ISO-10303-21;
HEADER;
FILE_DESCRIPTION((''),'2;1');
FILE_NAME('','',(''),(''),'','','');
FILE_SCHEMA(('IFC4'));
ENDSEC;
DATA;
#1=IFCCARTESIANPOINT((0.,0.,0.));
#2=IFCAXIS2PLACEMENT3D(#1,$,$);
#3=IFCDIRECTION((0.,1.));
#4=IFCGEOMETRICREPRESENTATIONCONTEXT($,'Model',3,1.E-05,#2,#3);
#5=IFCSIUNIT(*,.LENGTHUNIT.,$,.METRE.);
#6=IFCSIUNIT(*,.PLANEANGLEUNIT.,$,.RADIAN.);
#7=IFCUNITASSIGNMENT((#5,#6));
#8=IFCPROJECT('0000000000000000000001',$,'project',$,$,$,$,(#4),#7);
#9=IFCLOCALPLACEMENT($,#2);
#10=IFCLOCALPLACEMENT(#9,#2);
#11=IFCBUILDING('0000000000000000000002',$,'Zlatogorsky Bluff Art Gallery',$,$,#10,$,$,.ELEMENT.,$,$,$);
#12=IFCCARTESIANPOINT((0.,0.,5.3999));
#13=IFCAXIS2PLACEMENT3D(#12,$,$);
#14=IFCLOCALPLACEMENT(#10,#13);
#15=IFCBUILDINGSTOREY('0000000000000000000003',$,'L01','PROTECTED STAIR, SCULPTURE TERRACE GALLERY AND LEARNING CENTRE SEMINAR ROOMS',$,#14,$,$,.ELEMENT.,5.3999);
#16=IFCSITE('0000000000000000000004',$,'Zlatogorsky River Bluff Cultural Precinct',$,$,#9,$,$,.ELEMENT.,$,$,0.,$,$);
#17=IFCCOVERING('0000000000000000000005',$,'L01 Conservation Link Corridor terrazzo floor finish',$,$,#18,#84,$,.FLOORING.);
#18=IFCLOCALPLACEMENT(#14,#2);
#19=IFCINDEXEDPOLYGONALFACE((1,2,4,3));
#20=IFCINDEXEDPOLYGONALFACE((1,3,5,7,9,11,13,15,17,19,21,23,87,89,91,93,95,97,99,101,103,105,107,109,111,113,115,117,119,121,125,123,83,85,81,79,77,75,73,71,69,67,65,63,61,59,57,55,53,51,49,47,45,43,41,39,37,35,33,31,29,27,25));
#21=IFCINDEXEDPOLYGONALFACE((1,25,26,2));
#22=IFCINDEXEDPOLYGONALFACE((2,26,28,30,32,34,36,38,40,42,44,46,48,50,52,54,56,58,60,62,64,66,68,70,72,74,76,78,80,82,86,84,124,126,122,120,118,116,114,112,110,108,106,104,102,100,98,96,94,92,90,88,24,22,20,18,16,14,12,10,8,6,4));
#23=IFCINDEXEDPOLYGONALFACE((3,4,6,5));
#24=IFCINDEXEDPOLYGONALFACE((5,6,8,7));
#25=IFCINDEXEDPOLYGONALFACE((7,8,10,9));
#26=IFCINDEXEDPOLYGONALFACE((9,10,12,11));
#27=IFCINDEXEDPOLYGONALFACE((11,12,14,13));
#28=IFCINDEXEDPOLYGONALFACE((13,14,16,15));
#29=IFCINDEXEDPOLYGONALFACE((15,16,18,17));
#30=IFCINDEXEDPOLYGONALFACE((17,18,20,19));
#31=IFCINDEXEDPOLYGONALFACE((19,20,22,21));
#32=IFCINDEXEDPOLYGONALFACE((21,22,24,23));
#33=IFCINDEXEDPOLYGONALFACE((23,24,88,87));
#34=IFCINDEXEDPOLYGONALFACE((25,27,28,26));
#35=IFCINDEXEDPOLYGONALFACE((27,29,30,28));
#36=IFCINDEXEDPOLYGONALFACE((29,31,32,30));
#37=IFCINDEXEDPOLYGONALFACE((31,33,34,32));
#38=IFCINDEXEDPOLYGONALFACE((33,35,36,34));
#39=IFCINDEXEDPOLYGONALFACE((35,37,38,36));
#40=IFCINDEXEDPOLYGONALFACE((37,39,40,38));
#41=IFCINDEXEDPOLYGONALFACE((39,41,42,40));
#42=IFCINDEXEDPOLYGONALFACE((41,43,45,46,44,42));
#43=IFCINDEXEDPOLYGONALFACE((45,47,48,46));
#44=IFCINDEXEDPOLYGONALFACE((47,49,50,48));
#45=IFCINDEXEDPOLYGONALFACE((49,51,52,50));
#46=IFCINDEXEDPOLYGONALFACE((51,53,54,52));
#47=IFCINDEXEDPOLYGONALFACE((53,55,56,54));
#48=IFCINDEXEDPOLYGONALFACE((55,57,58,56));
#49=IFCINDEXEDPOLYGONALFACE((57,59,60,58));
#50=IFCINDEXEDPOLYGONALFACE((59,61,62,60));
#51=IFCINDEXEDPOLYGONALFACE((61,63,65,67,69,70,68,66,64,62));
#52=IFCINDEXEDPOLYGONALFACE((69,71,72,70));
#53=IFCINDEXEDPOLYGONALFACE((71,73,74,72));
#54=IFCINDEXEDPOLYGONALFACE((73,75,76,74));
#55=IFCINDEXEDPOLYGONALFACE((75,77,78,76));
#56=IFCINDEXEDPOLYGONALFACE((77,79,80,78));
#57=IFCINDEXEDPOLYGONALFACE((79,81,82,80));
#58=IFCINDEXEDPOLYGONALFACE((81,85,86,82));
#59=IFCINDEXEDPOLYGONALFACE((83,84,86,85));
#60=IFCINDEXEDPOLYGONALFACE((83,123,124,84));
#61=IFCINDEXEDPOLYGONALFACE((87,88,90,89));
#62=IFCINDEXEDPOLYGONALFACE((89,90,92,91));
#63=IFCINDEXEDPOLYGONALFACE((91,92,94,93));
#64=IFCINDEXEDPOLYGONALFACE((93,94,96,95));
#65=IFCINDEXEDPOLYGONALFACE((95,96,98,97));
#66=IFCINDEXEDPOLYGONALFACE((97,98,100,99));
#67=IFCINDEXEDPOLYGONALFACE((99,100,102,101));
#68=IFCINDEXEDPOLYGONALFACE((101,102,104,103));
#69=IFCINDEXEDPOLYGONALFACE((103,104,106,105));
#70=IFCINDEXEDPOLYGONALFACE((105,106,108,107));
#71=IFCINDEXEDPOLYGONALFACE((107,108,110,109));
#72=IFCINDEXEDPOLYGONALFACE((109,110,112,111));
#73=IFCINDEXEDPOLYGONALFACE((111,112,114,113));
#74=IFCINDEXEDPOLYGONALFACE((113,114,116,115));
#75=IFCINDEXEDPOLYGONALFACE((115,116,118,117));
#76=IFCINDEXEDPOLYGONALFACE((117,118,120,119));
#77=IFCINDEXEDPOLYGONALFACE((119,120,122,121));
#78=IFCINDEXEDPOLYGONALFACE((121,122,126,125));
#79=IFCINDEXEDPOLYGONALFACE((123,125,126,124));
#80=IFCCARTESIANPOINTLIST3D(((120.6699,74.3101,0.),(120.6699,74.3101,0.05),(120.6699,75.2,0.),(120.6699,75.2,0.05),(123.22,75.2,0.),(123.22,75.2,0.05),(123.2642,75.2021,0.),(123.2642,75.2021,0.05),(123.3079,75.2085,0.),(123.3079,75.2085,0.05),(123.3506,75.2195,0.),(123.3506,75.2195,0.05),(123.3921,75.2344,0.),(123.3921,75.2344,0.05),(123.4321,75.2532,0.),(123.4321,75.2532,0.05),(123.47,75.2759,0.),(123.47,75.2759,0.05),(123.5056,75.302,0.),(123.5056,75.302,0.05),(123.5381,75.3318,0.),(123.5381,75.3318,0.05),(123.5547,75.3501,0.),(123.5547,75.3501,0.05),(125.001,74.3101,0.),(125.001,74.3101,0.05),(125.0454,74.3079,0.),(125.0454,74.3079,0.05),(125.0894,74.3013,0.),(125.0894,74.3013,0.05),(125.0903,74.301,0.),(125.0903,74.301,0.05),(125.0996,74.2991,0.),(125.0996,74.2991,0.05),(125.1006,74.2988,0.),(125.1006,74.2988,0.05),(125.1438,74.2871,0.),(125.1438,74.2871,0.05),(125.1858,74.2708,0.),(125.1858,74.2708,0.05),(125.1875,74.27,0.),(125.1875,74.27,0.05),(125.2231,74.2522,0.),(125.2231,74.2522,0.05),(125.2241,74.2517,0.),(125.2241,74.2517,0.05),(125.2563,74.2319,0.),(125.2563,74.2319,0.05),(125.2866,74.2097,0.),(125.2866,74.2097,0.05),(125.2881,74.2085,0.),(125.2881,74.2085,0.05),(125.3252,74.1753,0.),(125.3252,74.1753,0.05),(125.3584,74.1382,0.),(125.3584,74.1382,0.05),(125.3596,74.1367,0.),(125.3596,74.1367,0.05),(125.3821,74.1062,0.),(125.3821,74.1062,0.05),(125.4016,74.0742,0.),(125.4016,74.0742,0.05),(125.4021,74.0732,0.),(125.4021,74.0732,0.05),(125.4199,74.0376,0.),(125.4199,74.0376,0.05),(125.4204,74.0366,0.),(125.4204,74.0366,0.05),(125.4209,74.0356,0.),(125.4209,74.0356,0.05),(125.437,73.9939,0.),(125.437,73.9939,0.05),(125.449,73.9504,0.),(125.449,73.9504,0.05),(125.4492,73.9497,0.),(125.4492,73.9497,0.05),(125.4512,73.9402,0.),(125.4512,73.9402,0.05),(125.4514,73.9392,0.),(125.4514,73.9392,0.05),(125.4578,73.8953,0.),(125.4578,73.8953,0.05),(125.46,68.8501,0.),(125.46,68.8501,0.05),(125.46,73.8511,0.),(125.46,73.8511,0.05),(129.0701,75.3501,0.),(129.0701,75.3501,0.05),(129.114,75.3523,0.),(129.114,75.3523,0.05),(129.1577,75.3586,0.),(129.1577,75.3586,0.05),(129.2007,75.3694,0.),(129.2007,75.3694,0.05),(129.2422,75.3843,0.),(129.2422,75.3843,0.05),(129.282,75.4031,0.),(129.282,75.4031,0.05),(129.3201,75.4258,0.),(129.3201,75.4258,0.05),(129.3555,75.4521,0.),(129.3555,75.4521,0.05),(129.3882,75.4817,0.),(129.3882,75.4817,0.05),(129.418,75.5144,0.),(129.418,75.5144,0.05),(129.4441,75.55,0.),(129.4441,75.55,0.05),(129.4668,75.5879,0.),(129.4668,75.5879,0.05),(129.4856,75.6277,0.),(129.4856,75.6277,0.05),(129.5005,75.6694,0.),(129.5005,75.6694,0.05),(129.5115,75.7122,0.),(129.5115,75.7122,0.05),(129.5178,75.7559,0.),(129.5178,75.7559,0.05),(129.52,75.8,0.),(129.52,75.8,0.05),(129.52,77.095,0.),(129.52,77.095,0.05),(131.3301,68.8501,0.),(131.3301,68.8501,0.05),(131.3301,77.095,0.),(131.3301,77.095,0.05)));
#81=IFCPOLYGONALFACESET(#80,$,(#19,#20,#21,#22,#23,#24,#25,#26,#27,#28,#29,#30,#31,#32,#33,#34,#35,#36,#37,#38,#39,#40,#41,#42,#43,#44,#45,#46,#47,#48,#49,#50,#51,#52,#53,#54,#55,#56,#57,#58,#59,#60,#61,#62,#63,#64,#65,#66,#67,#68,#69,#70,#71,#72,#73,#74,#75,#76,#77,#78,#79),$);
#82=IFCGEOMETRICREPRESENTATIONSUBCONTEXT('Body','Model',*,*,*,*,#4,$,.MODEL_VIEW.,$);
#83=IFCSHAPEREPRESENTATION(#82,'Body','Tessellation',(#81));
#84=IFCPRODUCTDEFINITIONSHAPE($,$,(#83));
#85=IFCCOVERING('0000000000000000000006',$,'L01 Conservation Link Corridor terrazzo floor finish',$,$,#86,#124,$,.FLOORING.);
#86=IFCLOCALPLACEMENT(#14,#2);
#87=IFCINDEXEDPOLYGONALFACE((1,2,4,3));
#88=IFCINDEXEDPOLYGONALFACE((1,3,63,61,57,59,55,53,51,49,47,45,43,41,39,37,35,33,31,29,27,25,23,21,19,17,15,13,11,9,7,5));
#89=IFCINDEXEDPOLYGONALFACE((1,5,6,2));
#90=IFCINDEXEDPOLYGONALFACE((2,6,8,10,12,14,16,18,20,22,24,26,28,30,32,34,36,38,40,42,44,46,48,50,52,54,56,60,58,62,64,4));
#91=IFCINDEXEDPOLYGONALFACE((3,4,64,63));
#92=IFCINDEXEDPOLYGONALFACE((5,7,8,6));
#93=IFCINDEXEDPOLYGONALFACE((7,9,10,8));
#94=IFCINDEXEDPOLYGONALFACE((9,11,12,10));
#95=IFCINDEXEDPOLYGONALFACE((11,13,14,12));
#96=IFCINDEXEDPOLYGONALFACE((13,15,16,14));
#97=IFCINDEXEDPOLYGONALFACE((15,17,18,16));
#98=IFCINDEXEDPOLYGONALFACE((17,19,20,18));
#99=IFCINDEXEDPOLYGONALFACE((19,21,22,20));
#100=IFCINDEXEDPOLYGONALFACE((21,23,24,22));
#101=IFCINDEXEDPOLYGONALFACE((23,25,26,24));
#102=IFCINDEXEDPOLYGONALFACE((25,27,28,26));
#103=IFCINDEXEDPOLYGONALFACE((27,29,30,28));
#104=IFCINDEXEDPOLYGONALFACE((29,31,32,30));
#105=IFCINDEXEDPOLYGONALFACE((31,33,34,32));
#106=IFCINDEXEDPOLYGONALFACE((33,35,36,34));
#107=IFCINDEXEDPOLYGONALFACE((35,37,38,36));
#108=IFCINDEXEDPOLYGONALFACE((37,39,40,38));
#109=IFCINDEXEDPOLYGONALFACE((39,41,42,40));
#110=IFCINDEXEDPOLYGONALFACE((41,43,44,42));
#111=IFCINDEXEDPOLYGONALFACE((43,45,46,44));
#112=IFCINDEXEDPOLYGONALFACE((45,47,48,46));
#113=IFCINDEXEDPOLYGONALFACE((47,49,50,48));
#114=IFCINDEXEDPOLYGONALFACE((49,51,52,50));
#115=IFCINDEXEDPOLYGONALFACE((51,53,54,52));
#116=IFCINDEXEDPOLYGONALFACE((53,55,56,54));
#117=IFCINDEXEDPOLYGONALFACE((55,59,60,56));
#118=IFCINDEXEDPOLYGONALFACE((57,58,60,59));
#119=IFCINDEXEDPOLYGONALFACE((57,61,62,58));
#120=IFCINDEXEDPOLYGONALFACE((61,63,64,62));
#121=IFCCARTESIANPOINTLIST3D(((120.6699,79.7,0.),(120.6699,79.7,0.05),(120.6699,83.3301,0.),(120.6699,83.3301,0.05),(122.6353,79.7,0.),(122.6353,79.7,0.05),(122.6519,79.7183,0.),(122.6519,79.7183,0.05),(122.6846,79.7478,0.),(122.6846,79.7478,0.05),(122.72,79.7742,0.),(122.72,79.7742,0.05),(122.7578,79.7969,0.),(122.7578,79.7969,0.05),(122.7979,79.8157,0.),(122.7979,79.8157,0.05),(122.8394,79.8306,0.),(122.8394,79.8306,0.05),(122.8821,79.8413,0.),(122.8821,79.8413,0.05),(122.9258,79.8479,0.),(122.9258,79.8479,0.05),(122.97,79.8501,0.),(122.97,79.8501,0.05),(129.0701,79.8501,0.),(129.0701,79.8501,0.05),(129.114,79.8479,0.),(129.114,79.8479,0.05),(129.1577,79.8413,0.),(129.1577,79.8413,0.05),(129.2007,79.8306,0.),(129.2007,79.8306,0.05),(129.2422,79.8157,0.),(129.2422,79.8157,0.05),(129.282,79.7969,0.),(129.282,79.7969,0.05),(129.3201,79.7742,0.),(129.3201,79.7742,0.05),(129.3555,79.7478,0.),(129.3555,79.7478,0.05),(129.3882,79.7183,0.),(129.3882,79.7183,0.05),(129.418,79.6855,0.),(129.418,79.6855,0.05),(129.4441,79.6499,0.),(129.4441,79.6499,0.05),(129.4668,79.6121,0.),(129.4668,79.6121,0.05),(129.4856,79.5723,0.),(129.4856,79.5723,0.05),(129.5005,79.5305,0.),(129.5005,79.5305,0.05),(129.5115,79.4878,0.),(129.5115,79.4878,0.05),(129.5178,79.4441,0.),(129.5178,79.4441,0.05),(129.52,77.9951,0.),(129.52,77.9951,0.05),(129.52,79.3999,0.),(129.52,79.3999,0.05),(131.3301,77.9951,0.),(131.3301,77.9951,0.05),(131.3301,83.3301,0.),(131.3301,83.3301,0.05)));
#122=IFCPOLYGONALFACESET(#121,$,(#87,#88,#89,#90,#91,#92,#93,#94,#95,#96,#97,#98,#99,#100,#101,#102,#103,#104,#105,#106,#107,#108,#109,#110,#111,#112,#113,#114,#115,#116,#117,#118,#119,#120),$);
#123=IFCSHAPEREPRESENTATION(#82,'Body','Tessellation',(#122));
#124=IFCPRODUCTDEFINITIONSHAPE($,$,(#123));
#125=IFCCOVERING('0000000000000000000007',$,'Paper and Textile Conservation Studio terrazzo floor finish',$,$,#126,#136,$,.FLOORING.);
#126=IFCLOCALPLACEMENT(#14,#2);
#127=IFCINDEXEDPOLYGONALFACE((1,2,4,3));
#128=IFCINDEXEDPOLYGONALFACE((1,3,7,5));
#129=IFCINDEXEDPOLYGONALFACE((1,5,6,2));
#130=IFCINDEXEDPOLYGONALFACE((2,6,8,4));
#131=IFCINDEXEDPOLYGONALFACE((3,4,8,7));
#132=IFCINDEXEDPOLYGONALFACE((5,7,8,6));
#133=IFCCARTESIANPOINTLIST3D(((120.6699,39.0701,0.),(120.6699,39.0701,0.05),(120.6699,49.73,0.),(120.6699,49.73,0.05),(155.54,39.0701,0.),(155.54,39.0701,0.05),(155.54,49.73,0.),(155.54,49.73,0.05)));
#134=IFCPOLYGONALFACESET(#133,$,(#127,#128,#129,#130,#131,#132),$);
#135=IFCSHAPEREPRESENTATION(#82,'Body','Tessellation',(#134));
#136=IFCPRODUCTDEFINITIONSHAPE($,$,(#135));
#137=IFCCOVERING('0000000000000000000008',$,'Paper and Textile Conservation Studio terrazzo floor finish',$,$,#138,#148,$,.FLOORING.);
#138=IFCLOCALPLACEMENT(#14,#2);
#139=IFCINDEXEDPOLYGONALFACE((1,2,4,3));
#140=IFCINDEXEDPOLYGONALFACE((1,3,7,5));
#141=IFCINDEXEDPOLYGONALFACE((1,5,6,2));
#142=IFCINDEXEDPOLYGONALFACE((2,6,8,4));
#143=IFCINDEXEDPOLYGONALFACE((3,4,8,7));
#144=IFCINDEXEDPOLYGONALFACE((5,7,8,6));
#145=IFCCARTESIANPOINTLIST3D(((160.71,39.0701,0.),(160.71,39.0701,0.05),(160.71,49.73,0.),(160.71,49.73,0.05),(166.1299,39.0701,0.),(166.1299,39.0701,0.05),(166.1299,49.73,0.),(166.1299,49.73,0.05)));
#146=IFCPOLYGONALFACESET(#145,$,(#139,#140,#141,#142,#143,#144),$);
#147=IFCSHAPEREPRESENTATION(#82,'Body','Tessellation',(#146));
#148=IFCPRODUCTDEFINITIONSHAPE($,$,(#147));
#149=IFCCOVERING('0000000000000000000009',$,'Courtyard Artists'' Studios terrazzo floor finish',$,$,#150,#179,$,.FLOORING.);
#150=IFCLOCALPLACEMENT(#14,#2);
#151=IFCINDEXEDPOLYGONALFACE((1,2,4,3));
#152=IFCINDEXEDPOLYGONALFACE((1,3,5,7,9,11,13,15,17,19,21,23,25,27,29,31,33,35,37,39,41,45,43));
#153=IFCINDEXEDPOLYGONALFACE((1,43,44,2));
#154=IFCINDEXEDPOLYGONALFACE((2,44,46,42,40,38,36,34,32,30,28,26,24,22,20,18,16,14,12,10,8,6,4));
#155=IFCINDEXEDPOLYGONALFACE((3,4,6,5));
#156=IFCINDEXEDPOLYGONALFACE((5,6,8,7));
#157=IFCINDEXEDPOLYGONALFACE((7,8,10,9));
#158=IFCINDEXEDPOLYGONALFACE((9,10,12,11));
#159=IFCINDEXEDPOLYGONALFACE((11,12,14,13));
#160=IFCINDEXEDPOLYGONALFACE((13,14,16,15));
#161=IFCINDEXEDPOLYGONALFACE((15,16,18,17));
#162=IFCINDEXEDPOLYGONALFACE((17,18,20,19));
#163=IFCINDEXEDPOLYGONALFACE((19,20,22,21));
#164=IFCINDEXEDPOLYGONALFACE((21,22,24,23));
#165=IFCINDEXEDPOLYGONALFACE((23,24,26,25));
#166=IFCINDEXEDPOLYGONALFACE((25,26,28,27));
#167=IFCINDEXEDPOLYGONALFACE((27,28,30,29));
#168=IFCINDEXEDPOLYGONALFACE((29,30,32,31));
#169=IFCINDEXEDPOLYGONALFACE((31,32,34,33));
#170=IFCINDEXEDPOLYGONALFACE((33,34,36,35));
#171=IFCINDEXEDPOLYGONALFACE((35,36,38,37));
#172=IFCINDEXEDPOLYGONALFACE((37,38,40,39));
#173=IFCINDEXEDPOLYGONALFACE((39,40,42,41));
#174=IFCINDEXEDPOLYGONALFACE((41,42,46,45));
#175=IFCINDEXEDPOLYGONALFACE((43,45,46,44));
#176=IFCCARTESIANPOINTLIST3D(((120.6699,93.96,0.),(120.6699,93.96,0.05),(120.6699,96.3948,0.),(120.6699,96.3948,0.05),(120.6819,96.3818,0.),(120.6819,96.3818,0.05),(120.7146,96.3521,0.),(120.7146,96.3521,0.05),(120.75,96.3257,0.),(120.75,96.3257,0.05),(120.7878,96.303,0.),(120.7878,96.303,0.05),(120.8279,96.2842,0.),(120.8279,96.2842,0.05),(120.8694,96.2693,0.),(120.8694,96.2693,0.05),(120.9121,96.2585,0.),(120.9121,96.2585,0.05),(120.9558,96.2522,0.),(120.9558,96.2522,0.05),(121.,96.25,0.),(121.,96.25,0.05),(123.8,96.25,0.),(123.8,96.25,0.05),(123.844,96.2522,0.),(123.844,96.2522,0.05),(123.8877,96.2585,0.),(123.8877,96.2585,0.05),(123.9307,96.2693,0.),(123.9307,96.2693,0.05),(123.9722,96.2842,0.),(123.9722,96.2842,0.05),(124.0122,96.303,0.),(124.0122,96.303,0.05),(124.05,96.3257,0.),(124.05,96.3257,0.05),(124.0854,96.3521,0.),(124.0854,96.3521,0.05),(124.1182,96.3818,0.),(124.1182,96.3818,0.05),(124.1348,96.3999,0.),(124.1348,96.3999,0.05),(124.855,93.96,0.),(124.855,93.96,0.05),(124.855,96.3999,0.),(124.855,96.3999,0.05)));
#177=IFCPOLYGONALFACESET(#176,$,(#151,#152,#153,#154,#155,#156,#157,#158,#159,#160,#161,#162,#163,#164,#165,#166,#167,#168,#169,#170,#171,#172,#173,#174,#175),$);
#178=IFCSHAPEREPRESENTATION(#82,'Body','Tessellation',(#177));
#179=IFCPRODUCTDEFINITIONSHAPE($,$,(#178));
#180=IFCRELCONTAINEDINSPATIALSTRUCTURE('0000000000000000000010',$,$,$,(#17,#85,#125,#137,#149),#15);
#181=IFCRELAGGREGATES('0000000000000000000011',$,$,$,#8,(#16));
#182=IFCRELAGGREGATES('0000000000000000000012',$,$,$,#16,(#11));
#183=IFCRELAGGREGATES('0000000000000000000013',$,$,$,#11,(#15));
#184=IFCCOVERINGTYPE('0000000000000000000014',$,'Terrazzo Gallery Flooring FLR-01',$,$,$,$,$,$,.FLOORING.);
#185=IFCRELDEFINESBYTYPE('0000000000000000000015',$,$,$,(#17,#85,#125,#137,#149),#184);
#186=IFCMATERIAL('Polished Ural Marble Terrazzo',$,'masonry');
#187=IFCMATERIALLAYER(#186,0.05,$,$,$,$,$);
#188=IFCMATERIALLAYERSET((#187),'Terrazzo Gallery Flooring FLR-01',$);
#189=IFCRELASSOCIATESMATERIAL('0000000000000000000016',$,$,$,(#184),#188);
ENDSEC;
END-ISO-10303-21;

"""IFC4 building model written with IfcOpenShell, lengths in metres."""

from ifc_helpers import new_model, si_unit, direction, frame, origin, place, context, subcontext, project, spatial, polyline, outline, extrude, material, layer, layer_set, type_object, element, save


model = new_model("IFC4")

# Units and contexts
model_context = context("Model", 3, precision=1e-05, world=origin(), true_north=direction((0.0, 1.0)))
body_context = subcontext(model_context, "Body", "Model", "MODEL_VIEW")
ifc_project = project(units=[si_unit("LENGTHUNIT", "METRE"), si_unit("PLANEANGLEUNIT", "RADIAN")], contexts=[model_context])

# Site, building, storey
site_placement = place(None, origin())
site = spatial("IfcSite", under=ifc_project, at=site_placement, Name="Zlatogorsky River Bluff Cultural Precinct", CompositionType="ELEMENT", RefElevation=0.0)
building_placement = place(site_placement, origin())
building = spatial("IfcBuilding", under=site, at=building_placement, Name="Zlatogorsky Bluff Art Gallery", CompositionType="ELEMENT")
storey_placement = place(building_placement, frame((0.0, 0.0, 5.3999)))
storey = spatial("IfcBuildingStorey", under=building, at=storey_placement, Name="L01", Description="PROTECTED STAIR, SCULPTURE TERRACE GALLERY AND LEARNING CENTRE SEMINAR ROOMS", CompositionType="ELEMENT", Elevation=5.3999)

# Coverings
ifc_material_1 = material(Name="Polished Ural Marble Terrazzo", Category="masonry")
ifc_layer_1 = layer(ifc_material_1, 0.05)
ifc_layer_set_1 = layer_set([ifc_layer_1], Name="Terrazzo Gallery Flooring FLR-01")
covering_type_1 = type_object("IfcCoveringType", Name="Terrazzo Gallery Flooring FLR-01", PredefinedType="FLOORING", material=ifc_layer_set_1)
covering_1_placement = place(storey_placement, origin())
element("IfcCovering", 1, at=covering_1_placement, inside=storey, type_object=covering_type_1, Name="L01 Conservation Link Corridor terrazzo floor finish", PredefinedType="FLOORING", context=body_context, shape_type="SweptSolid", body=[
    extrude(outline(polyline([(123.22, 75.2), (123.2642, 75.2021), (123.3079, 75.2085), (123.3506, 75.2195), (123.3921, 75.2344), (123.4321, 75.2532), (123.47, 75.2759), (123.5056, 75.302), (123.5381, 75.3318), (123.5547, 75.3501), (129.0701, 75.3501), (129.114, 75.3523), (129.1577, 75.3586), (129.2007, 75.3694), (129.2422, 75.3843), (129.282, 75.4031), (129.3201, 75.4258), (129.3555, 75.4521), (129.3882, 75.4817), (129.418, 75.5144), (129.4441, 75.55), (129.4668, 75.5879), (129.4856, 75.6277), (129.5005, 75.6694), (129.5115, 75.7122), (129.5178, 75.7559), (129.52, 75.8), (129.52, 77.095), (131.3301, 77.095), (131.3301, 68.8501), (125.46, 68.8501), (125.46, 73.8511), (125.4578, 73.8953), (125.4514, 73.9392), (125.4512, 73.9402), (125.4492, 73.9497), (125.449, 73.9504), (125.437, 73.9939), (125.4209, 74.0356), (125.4204, 74.0366), (125.4199, 74.0376), (125.4021, 74.0732), (125.4016, 74.0742), (125.3821, 74.1062), (125.3596, 74.1367), (125.3584, 74.1382), (125.3252, 74.1753), (125.2881, 74.2085), (125.2866, 74.2097), (125.2563, 74.2319), (125.2241, 74.2517), (125.2231, 74.2522), (125.1875, 74.27), (125.1858, 74.2708), (125.1438, 74.2871), (125.1006, 74.2988), (125.0996, 74.2991), (125.0903, 74.301), (125.0894, 74.3013), (125.0454, 74.3079), (125.001, 74.3101), (120.6699, 74.3101), (120.6699, 75.2), (123.22, 75.2)])), origin(), (0.0, 0.0, 1.0), 0.05),
])
covering_2_placement = place(storey_placement, origin())
element("IfcCovering", 2, at=covering_2_placement, inside=storey, type_object=covering_type_1, Name="L01 Conservation Link Corridor terrazzo floor finish", PredefinedType="FLOORING", context=body_context, shape_type="SweptSolid", body=[
    extrude(outline(polyline([(120.6699, 83.3301), (131.3301, 83.3301), (131.3301, 77.9951), (129.52, 77.9951), (129.52, 79.3999), (129.5178, 79.4441), (129.5115, 79.4878), (129.5005, 79.5305), (129.4856, 79.5723), (129.4668, 79.6121), (129.4441, 79.6499), (129.418, 79.6855), (129.3882, 79.7183), (129.3555, 79.7478), (129.3201, 79.7742), (129.282, 79.7969), (129.2422, 79.8157), (129.2007, 79.8306), (129.1577, 79.8413), (129.114, 79.8479), (129.0701, 79.8501), (122.97, 79.8501), (122.9258, 79.8479), (122.8821, 79.8413), (122.8394, 79.8306), (122.7979, 79.8157), (122.7578, 79.7969), (122.72, 79.7742), (122.6846, 79.7478), (122.6519, 79.7183), (122.6353, 79.7), (120.6699, 79.7), (120.6699, 83.3301)])), origin(), (0.0, 0.0, 1.0), 0.05),
])
covering_3_placement = place(storey_placement, origin())
element("IfcCovering", 3, at=covering_3_placement, inside=storey, type_object=covering_type_1, Name="Paper and Textile Conservation Studio terrazzo floor finish", PredefinedType="FLOORING", context=body_context, shape_type="SweptSolid", body=[
    extrude(outline(polyline([(120.6699, 39.0701), (120.6699, 49.73), (155.54, 49.73), (155.54, 39.0701), (120.6699, 39.0701)])), origin(), (0.0, 0.0, 1.0), 0.05),
])
covering_4_placement = place(storey_placement, origin())
element("IfcCovering", 4, at=covering_4_placement, inside=storey, type_object=covering_type_1, Name="Paper and Textile Conservation Studio terrazzo floor finish", PredefinedType="FLOORING", context=body_context, shape_type="SweptSolid", body=[
    extrude(outline(polyline([(160.71, 49.73), (166.1299, 49.73), (166.1299, 39.0701), (160.71, 39.0701), (160.71, 49.73)])), origin(), (0.0, 0.0, 1.0), 0.05),
])
covering_5_placement = place(storey_placement, origin())
element("IfcCovering", 5, at=covering_5_placement, inside=storey, type_object=covering_type_1, Name="Courtyard Artists' Studios terrazzo floor finish", PredefinedType="FLOORING", context=body_context, shape_type="SweptSolid", body=[
    extrude(outline(polyline([(120.6699, 96.3948), (120.6819, 96.3818), (120.7146, 96.3521), (120.75, 96.3257), (120.7878, 96.303), (120.8279, 96.2842), (120.8694, 96.2693), (120.9121, 96.2585), (120.9558, 96.2522), (121.0, 96.25), (123.8, 96.25), (123.844, 96.2522), (123.8877, 96.2585), (123.9307, 96.2693), (123.9722, 96.2842), (124.0122, 96.303), (124.05, 96.3257), (124.0854, 96.3521), (124.1182, 96.3818), (124.1348, 96.3999), (124.855, 96.3999), (124.855, 93.96), (120.6699, 93.96), (120.6699, 96.3948)])), origin(), (0.0, 0.0, 1.0), 0.05),
])

save(model, "model.ifc")
